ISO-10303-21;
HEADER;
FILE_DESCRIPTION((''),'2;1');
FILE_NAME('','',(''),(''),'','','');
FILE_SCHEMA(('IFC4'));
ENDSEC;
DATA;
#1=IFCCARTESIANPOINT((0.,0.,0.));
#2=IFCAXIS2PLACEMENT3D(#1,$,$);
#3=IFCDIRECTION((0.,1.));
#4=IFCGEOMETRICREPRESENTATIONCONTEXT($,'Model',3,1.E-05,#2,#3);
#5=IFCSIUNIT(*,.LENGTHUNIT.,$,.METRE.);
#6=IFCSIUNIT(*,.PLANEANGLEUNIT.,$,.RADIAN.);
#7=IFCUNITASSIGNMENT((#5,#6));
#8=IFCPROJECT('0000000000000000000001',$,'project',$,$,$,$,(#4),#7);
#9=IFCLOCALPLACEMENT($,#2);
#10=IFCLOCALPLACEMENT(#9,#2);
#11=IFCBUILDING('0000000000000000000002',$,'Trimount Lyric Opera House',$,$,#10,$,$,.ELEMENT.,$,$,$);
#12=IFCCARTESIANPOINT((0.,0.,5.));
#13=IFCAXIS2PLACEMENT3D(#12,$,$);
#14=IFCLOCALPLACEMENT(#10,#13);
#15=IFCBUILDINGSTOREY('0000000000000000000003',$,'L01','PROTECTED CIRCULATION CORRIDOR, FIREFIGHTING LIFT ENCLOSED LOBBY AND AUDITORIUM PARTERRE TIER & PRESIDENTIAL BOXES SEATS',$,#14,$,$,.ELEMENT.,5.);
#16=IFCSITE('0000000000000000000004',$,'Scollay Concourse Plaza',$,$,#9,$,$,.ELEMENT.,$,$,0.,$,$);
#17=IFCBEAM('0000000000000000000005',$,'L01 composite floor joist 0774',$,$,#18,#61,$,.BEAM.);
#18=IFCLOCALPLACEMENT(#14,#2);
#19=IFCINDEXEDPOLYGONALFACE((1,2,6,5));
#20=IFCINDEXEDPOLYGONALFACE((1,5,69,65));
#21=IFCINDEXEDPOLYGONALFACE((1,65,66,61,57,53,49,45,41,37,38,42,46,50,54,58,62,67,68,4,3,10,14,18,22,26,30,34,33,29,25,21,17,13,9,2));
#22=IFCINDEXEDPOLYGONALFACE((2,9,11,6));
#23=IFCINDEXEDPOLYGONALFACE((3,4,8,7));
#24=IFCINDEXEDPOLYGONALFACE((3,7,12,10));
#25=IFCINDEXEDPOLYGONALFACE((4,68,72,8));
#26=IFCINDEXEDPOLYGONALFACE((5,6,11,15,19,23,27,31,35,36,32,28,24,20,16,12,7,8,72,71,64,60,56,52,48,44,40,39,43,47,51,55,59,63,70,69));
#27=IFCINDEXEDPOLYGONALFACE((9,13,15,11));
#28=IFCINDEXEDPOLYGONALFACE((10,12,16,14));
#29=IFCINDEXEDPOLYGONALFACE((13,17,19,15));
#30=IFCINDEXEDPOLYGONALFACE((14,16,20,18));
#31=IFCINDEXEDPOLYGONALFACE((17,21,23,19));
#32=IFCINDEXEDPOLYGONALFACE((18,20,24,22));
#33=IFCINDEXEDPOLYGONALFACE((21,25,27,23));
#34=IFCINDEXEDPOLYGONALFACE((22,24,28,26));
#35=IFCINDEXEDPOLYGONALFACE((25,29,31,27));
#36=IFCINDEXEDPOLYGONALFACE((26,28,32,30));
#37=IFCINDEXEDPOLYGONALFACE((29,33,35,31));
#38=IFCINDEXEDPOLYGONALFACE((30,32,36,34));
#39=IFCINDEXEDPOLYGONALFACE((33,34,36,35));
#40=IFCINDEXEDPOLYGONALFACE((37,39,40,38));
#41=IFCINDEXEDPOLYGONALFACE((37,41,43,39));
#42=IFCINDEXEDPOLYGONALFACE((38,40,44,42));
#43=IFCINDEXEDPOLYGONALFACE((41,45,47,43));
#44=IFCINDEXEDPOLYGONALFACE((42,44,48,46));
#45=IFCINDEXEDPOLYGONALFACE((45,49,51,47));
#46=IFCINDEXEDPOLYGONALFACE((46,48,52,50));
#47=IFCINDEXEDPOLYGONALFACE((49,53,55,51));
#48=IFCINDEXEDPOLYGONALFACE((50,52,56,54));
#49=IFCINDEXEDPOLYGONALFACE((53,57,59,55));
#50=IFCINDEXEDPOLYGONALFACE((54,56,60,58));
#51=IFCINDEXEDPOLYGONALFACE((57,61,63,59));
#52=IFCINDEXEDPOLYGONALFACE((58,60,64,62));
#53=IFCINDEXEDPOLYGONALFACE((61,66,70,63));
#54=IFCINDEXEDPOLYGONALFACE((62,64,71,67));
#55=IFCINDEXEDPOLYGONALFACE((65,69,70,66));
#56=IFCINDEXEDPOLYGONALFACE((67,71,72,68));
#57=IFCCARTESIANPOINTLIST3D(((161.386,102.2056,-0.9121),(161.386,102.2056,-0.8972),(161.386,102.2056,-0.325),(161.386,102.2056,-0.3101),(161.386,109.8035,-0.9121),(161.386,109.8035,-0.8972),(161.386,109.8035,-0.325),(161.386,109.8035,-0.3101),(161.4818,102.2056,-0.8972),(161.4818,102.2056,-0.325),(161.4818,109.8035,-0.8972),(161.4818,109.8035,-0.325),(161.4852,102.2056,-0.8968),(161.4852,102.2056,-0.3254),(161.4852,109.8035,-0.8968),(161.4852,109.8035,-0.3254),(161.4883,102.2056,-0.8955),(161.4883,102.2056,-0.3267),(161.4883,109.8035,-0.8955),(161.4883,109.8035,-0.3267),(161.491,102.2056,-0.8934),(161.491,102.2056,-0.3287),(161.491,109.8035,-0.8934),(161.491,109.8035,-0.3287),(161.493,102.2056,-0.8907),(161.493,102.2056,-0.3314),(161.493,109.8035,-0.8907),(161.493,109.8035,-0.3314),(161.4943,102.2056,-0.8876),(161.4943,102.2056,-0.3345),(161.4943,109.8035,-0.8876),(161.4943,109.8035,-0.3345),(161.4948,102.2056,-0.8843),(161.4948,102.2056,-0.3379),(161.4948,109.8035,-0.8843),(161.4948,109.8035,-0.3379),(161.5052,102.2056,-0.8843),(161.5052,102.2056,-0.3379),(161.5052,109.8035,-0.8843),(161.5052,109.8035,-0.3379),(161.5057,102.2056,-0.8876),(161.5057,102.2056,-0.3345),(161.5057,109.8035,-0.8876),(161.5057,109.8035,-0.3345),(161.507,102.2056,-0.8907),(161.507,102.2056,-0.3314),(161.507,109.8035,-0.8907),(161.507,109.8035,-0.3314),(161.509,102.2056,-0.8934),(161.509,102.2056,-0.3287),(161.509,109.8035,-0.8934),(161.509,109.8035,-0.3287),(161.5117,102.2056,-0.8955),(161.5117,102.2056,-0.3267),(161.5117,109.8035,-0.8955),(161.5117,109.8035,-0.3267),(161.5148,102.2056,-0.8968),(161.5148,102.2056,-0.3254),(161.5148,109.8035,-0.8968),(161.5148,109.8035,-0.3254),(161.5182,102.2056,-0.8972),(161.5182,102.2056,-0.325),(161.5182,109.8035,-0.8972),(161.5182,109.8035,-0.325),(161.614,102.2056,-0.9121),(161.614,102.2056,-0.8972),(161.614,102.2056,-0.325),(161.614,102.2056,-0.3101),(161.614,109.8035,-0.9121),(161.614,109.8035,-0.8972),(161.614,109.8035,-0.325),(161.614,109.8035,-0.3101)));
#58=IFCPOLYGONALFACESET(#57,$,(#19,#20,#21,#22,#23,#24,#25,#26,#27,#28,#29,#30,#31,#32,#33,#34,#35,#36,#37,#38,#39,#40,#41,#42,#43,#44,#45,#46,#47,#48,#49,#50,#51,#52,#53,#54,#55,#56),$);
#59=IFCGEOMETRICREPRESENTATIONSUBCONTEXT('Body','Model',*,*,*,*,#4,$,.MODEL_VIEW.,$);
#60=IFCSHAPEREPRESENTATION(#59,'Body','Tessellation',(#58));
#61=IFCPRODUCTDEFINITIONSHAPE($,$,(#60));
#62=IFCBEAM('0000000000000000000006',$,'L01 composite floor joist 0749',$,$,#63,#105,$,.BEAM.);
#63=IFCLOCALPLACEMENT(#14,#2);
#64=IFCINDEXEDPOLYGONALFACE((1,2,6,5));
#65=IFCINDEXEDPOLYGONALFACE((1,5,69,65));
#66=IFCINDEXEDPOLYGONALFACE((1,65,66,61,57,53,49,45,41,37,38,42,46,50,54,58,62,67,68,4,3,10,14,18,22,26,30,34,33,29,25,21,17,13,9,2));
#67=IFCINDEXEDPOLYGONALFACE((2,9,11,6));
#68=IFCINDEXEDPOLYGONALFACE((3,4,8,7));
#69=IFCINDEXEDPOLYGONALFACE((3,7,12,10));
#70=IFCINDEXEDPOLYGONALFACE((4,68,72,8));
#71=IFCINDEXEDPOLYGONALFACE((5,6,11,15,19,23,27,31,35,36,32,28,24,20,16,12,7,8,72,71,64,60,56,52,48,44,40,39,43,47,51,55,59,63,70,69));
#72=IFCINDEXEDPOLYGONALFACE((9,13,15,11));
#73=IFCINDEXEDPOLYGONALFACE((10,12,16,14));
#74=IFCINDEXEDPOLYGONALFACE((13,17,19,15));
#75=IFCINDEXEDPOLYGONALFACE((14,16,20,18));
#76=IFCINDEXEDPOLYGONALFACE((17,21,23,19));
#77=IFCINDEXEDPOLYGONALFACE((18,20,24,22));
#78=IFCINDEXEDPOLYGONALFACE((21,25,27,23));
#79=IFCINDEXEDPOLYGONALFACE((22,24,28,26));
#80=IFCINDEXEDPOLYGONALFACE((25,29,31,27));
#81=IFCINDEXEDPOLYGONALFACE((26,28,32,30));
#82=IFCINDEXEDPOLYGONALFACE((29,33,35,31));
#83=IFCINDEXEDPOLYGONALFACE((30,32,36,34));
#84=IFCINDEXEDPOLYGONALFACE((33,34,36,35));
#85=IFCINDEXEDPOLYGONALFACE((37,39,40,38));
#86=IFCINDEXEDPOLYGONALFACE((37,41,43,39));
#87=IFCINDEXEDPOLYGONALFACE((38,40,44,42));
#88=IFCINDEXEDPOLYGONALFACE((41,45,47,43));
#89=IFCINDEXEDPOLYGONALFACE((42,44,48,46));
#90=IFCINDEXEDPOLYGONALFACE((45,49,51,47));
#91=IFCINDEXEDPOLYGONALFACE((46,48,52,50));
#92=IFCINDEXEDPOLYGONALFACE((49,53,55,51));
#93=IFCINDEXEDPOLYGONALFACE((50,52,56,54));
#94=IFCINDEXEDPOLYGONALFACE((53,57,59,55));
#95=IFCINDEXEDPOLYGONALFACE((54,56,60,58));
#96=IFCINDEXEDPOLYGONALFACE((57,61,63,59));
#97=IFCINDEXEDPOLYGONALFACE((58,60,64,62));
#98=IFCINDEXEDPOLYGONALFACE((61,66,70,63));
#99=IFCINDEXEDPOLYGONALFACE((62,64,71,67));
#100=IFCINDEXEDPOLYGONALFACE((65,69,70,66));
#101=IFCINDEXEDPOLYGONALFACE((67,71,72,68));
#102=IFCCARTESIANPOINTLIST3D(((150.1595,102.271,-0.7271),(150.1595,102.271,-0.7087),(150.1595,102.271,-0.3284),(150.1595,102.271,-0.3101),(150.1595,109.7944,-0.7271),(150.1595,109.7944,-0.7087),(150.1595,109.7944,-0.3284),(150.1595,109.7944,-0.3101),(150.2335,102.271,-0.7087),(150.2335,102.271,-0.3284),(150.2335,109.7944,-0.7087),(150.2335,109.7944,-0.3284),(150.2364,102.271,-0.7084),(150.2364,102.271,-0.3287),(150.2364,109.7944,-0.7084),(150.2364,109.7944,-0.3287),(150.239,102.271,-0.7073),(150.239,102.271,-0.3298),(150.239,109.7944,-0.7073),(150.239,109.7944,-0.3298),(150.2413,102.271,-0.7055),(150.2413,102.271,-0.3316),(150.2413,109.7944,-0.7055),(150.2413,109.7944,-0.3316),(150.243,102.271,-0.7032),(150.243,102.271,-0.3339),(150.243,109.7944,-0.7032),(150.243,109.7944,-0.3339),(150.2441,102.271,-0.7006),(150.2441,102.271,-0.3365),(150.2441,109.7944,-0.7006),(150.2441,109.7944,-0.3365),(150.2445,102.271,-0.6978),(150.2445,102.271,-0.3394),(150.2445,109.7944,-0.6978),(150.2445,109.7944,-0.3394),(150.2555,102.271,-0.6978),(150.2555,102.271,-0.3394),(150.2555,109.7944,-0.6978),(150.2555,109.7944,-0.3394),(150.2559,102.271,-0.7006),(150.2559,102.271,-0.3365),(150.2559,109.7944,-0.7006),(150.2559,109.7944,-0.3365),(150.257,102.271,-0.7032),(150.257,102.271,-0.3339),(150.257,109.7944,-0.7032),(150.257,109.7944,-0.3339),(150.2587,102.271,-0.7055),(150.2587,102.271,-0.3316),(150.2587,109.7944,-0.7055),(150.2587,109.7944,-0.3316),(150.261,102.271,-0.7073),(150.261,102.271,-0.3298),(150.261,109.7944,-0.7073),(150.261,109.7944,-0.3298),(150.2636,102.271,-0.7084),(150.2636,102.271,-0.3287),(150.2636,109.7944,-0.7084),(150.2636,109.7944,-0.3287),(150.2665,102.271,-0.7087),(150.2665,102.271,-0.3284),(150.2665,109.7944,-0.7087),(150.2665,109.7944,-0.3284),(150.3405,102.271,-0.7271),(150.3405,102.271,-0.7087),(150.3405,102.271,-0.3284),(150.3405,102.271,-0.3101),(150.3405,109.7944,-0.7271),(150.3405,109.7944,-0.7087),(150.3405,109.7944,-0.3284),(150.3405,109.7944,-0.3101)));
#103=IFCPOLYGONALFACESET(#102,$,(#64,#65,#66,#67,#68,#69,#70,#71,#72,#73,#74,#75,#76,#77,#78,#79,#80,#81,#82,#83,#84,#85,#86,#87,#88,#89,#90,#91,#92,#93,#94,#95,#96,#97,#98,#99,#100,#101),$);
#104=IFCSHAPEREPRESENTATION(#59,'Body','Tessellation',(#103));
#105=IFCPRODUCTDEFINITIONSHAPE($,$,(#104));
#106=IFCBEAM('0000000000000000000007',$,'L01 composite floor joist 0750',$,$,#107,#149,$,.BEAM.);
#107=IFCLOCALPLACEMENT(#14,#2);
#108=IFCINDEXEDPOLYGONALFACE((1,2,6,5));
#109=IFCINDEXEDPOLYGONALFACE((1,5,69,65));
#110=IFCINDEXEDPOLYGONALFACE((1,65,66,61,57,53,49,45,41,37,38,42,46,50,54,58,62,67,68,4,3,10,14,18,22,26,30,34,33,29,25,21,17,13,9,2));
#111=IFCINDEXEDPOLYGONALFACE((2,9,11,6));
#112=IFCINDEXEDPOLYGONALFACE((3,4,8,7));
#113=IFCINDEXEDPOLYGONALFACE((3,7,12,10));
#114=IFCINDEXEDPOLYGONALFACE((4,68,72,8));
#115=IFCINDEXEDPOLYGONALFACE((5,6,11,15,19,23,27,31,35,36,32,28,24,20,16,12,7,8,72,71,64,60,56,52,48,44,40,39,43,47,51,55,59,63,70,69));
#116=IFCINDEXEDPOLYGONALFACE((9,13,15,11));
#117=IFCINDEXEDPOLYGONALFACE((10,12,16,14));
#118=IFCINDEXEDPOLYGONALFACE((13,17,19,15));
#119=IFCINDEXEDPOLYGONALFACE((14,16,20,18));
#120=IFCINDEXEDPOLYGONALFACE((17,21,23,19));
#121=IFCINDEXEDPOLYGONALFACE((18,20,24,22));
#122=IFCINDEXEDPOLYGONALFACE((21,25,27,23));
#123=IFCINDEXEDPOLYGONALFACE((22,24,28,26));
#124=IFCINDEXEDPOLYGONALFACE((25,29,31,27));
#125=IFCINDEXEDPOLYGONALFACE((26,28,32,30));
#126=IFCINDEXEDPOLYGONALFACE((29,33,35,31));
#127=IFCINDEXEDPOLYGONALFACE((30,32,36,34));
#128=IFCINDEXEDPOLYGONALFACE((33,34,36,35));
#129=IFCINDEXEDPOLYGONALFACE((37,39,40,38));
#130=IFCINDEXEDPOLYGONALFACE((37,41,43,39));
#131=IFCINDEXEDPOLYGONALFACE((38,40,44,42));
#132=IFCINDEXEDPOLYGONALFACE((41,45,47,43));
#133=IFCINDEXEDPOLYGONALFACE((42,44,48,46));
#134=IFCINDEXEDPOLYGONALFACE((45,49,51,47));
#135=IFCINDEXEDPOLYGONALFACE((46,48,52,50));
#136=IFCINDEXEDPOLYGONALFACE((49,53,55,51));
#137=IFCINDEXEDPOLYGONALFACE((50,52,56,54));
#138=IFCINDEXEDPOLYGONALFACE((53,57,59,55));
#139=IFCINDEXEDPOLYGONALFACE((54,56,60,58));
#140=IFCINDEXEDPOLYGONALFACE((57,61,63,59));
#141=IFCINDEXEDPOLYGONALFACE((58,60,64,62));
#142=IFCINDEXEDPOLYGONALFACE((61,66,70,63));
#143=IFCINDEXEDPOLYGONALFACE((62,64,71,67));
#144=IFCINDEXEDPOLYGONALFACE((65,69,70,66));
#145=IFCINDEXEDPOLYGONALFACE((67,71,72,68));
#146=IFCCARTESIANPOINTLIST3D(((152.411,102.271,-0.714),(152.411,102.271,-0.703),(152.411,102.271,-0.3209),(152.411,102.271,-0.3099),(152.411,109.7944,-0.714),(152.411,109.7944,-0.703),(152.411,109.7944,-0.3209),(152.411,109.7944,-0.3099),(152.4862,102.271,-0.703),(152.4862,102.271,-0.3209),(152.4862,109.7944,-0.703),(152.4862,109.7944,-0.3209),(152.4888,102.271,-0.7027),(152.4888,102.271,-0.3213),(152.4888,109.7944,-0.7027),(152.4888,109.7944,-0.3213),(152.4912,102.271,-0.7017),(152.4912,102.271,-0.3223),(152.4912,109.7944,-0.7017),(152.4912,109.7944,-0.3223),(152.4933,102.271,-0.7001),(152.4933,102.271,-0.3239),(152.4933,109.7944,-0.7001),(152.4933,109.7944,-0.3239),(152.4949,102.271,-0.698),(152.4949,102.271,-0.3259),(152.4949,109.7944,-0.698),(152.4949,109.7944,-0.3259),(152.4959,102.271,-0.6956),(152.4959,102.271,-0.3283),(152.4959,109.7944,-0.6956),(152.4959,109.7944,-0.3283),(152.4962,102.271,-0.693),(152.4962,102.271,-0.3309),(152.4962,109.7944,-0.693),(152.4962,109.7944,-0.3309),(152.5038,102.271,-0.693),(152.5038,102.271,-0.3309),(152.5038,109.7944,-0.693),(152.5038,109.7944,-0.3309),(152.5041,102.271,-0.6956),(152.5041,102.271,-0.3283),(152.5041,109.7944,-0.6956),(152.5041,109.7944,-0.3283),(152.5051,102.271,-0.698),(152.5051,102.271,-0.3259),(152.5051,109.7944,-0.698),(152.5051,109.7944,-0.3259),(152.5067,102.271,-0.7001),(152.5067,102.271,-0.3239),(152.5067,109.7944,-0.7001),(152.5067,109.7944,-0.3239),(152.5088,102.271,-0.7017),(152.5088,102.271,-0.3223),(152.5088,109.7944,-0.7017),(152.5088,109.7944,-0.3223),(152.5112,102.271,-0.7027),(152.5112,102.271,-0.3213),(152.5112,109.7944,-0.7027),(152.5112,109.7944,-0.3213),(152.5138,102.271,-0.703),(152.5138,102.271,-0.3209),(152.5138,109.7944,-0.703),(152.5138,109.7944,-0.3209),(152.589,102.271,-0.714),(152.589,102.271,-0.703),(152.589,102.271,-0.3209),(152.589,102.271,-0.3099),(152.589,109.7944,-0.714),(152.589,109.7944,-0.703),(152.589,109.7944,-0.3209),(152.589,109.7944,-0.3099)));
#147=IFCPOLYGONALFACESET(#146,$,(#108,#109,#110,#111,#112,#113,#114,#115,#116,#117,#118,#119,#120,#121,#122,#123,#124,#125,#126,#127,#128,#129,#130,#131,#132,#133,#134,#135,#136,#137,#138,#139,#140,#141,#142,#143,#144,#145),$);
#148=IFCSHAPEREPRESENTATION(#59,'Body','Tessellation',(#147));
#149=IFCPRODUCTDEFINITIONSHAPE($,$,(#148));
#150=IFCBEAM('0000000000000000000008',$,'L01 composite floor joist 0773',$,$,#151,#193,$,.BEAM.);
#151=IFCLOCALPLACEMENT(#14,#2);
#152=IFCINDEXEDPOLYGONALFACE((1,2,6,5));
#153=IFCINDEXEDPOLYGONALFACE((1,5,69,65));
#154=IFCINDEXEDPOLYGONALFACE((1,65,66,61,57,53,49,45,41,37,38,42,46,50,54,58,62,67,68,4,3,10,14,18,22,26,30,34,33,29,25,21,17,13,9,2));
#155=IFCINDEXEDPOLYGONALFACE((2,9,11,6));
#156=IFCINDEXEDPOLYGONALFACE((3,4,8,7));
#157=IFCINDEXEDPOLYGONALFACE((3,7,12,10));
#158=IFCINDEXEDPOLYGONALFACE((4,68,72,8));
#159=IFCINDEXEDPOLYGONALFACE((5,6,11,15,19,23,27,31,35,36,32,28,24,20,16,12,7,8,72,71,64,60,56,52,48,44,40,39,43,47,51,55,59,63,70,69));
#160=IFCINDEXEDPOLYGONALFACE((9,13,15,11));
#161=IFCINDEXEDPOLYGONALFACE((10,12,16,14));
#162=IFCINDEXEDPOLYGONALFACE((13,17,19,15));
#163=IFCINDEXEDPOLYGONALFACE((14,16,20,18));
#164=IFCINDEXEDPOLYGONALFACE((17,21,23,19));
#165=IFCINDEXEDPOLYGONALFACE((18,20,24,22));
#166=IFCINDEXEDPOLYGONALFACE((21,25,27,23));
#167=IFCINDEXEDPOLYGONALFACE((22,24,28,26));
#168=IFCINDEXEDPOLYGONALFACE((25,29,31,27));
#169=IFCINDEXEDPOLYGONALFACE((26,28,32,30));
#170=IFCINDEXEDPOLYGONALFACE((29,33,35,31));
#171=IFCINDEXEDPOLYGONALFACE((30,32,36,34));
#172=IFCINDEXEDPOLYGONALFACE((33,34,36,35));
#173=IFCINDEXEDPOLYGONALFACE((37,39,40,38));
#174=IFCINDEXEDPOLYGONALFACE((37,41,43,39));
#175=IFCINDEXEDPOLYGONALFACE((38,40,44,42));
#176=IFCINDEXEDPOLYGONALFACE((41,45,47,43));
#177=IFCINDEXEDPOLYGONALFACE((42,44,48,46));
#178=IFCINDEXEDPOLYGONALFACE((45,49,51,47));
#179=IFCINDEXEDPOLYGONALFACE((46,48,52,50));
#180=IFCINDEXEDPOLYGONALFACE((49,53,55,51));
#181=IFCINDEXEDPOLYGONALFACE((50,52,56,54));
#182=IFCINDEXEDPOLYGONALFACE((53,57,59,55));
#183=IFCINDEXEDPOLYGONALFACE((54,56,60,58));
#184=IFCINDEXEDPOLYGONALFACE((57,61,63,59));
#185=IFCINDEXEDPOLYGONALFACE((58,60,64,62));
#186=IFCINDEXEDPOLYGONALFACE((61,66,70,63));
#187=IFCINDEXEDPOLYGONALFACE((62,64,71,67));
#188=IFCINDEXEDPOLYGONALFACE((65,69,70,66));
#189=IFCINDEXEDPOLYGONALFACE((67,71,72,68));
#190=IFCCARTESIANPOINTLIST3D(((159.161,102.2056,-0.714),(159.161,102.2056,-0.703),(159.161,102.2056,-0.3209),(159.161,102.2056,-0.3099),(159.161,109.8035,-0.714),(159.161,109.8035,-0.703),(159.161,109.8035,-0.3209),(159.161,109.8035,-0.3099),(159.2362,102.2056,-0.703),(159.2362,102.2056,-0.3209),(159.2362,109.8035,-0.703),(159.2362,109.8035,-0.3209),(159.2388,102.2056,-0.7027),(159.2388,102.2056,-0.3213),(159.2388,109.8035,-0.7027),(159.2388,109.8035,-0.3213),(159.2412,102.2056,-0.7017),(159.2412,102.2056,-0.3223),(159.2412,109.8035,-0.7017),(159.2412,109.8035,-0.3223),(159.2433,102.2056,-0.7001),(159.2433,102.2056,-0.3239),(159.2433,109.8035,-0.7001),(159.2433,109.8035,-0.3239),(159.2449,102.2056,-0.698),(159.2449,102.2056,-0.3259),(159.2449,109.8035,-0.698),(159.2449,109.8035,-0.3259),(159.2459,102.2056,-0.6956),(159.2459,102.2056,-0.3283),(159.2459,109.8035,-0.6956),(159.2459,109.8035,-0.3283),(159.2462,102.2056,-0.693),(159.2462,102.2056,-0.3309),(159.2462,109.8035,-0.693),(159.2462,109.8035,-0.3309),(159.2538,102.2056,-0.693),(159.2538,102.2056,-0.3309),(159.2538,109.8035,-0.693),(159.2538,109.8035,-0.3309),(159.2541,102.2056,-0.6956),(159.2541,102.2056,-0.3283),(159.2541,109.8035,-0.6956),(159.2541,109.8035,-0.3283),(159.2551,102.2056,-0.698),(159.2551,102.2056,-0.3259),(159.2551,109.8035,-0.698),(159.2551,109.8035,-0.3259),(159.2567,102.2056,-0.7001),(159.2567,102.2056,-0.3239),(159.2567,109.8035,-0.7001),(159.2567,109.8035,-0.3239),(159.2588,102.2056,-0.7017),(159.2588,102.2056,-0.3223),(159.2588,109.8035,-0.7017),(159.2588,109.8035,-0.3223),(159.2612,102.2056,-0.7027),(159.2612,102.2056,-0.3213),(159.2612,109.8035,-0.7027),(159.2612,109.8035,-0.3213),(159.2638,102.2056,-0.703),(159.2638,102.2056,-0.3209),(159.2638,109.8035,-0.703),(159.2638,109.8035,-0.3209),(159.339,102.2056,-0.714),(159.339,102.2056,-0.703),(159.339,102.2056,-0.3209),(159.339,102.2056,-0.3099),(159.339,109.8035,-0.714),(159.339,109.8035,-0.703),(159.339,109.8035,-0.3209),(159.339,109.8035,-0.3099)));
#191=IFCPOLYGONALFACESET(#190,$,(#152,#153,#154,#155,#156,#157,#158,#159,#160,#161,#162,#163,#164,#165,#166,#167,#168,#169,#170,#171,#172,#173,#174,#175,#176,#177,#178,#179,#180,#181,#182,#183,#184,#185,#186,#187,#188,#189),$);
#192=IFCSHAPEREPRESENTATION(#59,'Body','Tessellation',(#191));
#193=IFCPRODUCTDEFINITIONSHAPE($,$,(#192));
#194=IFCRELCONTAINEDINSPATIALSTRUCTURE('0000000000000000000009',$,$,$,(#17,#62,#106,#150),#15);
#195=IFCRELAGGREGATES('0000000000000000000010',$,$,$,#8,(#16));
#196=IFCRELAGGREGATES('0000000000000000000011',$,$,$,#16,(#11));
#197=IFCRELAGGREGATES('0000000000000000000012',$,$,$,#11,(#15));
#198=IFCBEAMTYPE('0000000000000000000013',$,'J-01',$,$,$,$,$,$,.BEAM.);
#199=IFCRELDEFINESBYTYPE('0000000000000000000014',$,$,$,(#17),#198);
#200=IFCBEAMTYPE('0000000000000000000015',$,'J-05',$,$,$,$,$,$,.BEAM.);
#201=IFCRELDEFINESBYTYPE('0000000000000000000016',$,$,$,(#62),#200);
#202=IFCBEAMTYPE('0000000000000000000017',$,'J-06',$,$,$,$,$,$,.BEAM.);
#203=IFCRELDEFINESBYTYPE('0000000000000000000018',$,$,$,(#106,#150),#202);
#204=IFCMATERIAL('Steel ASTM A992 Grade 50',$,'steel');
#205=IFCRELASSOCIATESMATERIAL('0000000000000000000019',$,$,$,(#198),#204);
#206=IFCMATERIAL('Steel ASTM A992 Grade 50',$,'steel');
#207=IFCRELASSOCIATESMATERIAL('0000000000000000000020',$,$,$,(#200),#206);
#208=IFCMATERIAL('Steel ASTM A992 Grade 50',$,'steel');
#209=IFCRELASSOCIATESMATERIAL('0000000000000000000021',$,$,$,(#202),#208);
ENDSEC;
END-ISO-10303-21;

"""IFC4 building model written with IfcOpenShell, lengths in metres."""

from ifc_helpers import new_model, si_unit, direction, frame, origin, origin_2d, place, context, subcontext, project, spatial, i_section, extrude, material, material_profile, profile_set, type_object, element, save


model = new_model("IFC4")

# Units and contexts
model_context = context("Model", 3, precision=1e-05, world=origin(), true_north=direction((0.0, 1.0)))
body_context = subcontext(model_context, "Body", "Model", "MODEL_VIEW")
ifc_project = project(units=[si_unit("LENGTHUNIT", "METRE"), si_unit("PLANEANGLEUNIT", "RADIAN")], contexts=[model_context])

# Site, building, storey
site_placement = place(None, origin())
site = spatial("IfcSite", under=ifc_project, at=site_placement, Name="Scollay Concourse Plaza", CompositionType="ELEMENT", RefElevation=0.0)
building_placement = place(site_placement, origin())
building = spatial("IfcBuilding", under=site, at=building_placement, Name="Trimount Lyric Opera House", CompositionType="ELEMENT")
storey_placement = place(building_placement, frame((0.0, 0.0, 5.0)))
storey = spatial("IfcBuildingStorey", under=building, at=storey_placement, Name="L01", Description="PROTECTED CIRCULATION CORRIDOR, FIREFIGHTING LIFT ENCLOSED LOBBY AND AUDITORIUM PARTERRE TIER & PRESIDENTIAL BOXES SEATS", CompositionType="ELEMENT", Elevation=5.0)

# Beams
ifc_material_1 = material(Name="Steel ASTM A992 Grade 50", Category="steel")
ifc_material_profile_1 = material_profile(ifc_material_1, i_section(OverallWidth=0.228, OverallDepth=0.6021, WebThickness=0.0105, FlangeThickness=0.0149, FilletRadius=0.0129, at=origin_2d()), Name="W24X68")
ifc_profile_set_1 = profile_set([ifc_material_profile_1], Name="Steel ASTM A992 Grade 50")
beam_type_1 = type_object("IfcBeamType", Name="J-01", PredefinedType="BEAM", material=ifc_profile_set_1)
beam_1_placement = place(storey_placement, frame((161.5, 102.2056, -0.6111), z_axis=(0.0, 1.0, 0.0), x_axis=(-1.0, 0.0, 0.0)))
element("IfcBeam", 1, at=beam_1_placement, inside=storey, type_object=beam_type_1, Name="L01 composite floor joist 0774", PredefinedType="BEAM", context=body_context, shape_type="SweptSolid", body=[
    extrude(i_section(OverallWidth=0.228, OverallDepth=0.6021, WebThickness=0.0105, FlangeThickness=0.0149, FilletRadius=0.0129, at=origin_2d()), origin(), (0.0, 0.0, 1.0), 7.5979),
])
ifc_material_2 = material(Name="Steel ASTM A992 Grade 50", Category="steel")
ifc_material_profile_2 = material_profile(ifc_material_2, i_section(OverallWidth=0.1809, OverallDepth=0.417, WebThickness=0.011, FlangeThickness=0.0183, FilletRadius=0.011, at=origin_2d()), Name="W16X57")
ifc_profile_set_2 = profile_set([ifc_material_profile_2], Name="Steel ASTM A992 Grade 50")
beam_type_2 = type_object("IfcBeamType", Name="J-05", PredefinedType="BEAM", material=ifc_profile_set_2)
beam_2_placement = place(storey_placement, frame((150.25, 102.271, -0.5186), z_axis=(0.0, 1.0, 0.0), x_axis=(-1.0, 0.0, 0.0)))
element("IfcBeam", 2, at=beam_2_placement, inside=storey, type_object=beam_type_2, Name="L01 composite floor joist 0749", PredefinedType="BEAM", context=body_context, shape_type="SweptSolid", body=[
    extrude(i_section(OverallWidth=0.1809, OverallDepth=0.417, WebThickness=0.011, FlangeThickness=0.0183, FilletRadius=0.011, at=origin_2d()), origin(), (0.0, 0.0, 1.0), 7.5234),
])
ifc_material_3 = material(Name="Steel ASTM A992 Grade 50", Category="steel")
ifc_material_profile_3 = material_profile(ifc_material_3, i_section(OverallWidth=0.178, OverallDepth=0.4041, WebThickness=0.0076, FlangeThickness=0.011, FilletRadius=0.01, at=origin_2d()), Name="W16X36")
ifc_profile_set_3 = profile_set([ifc_material_profile_3], Name="Steel ASTM A992 Grade 50")
beam_type_3 = type_object("IfcBeamType", Name="J-06", PredefinedType="BEAM", material=ifc_profile_set_3)
beam_3_placement = place(storey_placement, frame((152.5, 102.271, -0.512), z_axis=(0.0, 1.0, 0.0), x_axis=(-1.0, 0.0, 0.0)))
element("IfcBeam", 3, at=beam_3_placement, inside=storey, type_object=beam_type_3, Name="L01 composite floor joist 0750", PredefinedType="BEAM", context=body_context, shape_type="SweptSolid", body=[
    extrude(i_section(OverallWidth=0.178, OverallDepth=0.4041, WebThickness=0.0076, FlangeThickness=0.011, FilletRadius=0.01, at=origin_2d()), origin(), (0.0, 0.0, 1.0), 7.5234),
])
beam_4_placement = place(storey_placement, frame((159.25, 102.2056, -0.512), z_axis=(0.0, 1.0, 0.0), x_axis=(-1.0, 0.0, 0.0)))
element("IfcBeam", 4, at=beam_4_placement, inside=storey, type_object=beam_type_3, Name="L01 composite floor joist 0773", PredefinedType="BEAM", context=body_context, shape_type="SweptSolid", body=[
    extrude(i_section(OverallWidth=0.178, OverallDepth=0.4041, WebThickness=0.0076, FlangeThickness=0.011, FilletRadius=0.01, at=origin_2d()), origin(), (0.0, 0.0, 1.0), 7.5979),
])

save(model, "model.ifc")
